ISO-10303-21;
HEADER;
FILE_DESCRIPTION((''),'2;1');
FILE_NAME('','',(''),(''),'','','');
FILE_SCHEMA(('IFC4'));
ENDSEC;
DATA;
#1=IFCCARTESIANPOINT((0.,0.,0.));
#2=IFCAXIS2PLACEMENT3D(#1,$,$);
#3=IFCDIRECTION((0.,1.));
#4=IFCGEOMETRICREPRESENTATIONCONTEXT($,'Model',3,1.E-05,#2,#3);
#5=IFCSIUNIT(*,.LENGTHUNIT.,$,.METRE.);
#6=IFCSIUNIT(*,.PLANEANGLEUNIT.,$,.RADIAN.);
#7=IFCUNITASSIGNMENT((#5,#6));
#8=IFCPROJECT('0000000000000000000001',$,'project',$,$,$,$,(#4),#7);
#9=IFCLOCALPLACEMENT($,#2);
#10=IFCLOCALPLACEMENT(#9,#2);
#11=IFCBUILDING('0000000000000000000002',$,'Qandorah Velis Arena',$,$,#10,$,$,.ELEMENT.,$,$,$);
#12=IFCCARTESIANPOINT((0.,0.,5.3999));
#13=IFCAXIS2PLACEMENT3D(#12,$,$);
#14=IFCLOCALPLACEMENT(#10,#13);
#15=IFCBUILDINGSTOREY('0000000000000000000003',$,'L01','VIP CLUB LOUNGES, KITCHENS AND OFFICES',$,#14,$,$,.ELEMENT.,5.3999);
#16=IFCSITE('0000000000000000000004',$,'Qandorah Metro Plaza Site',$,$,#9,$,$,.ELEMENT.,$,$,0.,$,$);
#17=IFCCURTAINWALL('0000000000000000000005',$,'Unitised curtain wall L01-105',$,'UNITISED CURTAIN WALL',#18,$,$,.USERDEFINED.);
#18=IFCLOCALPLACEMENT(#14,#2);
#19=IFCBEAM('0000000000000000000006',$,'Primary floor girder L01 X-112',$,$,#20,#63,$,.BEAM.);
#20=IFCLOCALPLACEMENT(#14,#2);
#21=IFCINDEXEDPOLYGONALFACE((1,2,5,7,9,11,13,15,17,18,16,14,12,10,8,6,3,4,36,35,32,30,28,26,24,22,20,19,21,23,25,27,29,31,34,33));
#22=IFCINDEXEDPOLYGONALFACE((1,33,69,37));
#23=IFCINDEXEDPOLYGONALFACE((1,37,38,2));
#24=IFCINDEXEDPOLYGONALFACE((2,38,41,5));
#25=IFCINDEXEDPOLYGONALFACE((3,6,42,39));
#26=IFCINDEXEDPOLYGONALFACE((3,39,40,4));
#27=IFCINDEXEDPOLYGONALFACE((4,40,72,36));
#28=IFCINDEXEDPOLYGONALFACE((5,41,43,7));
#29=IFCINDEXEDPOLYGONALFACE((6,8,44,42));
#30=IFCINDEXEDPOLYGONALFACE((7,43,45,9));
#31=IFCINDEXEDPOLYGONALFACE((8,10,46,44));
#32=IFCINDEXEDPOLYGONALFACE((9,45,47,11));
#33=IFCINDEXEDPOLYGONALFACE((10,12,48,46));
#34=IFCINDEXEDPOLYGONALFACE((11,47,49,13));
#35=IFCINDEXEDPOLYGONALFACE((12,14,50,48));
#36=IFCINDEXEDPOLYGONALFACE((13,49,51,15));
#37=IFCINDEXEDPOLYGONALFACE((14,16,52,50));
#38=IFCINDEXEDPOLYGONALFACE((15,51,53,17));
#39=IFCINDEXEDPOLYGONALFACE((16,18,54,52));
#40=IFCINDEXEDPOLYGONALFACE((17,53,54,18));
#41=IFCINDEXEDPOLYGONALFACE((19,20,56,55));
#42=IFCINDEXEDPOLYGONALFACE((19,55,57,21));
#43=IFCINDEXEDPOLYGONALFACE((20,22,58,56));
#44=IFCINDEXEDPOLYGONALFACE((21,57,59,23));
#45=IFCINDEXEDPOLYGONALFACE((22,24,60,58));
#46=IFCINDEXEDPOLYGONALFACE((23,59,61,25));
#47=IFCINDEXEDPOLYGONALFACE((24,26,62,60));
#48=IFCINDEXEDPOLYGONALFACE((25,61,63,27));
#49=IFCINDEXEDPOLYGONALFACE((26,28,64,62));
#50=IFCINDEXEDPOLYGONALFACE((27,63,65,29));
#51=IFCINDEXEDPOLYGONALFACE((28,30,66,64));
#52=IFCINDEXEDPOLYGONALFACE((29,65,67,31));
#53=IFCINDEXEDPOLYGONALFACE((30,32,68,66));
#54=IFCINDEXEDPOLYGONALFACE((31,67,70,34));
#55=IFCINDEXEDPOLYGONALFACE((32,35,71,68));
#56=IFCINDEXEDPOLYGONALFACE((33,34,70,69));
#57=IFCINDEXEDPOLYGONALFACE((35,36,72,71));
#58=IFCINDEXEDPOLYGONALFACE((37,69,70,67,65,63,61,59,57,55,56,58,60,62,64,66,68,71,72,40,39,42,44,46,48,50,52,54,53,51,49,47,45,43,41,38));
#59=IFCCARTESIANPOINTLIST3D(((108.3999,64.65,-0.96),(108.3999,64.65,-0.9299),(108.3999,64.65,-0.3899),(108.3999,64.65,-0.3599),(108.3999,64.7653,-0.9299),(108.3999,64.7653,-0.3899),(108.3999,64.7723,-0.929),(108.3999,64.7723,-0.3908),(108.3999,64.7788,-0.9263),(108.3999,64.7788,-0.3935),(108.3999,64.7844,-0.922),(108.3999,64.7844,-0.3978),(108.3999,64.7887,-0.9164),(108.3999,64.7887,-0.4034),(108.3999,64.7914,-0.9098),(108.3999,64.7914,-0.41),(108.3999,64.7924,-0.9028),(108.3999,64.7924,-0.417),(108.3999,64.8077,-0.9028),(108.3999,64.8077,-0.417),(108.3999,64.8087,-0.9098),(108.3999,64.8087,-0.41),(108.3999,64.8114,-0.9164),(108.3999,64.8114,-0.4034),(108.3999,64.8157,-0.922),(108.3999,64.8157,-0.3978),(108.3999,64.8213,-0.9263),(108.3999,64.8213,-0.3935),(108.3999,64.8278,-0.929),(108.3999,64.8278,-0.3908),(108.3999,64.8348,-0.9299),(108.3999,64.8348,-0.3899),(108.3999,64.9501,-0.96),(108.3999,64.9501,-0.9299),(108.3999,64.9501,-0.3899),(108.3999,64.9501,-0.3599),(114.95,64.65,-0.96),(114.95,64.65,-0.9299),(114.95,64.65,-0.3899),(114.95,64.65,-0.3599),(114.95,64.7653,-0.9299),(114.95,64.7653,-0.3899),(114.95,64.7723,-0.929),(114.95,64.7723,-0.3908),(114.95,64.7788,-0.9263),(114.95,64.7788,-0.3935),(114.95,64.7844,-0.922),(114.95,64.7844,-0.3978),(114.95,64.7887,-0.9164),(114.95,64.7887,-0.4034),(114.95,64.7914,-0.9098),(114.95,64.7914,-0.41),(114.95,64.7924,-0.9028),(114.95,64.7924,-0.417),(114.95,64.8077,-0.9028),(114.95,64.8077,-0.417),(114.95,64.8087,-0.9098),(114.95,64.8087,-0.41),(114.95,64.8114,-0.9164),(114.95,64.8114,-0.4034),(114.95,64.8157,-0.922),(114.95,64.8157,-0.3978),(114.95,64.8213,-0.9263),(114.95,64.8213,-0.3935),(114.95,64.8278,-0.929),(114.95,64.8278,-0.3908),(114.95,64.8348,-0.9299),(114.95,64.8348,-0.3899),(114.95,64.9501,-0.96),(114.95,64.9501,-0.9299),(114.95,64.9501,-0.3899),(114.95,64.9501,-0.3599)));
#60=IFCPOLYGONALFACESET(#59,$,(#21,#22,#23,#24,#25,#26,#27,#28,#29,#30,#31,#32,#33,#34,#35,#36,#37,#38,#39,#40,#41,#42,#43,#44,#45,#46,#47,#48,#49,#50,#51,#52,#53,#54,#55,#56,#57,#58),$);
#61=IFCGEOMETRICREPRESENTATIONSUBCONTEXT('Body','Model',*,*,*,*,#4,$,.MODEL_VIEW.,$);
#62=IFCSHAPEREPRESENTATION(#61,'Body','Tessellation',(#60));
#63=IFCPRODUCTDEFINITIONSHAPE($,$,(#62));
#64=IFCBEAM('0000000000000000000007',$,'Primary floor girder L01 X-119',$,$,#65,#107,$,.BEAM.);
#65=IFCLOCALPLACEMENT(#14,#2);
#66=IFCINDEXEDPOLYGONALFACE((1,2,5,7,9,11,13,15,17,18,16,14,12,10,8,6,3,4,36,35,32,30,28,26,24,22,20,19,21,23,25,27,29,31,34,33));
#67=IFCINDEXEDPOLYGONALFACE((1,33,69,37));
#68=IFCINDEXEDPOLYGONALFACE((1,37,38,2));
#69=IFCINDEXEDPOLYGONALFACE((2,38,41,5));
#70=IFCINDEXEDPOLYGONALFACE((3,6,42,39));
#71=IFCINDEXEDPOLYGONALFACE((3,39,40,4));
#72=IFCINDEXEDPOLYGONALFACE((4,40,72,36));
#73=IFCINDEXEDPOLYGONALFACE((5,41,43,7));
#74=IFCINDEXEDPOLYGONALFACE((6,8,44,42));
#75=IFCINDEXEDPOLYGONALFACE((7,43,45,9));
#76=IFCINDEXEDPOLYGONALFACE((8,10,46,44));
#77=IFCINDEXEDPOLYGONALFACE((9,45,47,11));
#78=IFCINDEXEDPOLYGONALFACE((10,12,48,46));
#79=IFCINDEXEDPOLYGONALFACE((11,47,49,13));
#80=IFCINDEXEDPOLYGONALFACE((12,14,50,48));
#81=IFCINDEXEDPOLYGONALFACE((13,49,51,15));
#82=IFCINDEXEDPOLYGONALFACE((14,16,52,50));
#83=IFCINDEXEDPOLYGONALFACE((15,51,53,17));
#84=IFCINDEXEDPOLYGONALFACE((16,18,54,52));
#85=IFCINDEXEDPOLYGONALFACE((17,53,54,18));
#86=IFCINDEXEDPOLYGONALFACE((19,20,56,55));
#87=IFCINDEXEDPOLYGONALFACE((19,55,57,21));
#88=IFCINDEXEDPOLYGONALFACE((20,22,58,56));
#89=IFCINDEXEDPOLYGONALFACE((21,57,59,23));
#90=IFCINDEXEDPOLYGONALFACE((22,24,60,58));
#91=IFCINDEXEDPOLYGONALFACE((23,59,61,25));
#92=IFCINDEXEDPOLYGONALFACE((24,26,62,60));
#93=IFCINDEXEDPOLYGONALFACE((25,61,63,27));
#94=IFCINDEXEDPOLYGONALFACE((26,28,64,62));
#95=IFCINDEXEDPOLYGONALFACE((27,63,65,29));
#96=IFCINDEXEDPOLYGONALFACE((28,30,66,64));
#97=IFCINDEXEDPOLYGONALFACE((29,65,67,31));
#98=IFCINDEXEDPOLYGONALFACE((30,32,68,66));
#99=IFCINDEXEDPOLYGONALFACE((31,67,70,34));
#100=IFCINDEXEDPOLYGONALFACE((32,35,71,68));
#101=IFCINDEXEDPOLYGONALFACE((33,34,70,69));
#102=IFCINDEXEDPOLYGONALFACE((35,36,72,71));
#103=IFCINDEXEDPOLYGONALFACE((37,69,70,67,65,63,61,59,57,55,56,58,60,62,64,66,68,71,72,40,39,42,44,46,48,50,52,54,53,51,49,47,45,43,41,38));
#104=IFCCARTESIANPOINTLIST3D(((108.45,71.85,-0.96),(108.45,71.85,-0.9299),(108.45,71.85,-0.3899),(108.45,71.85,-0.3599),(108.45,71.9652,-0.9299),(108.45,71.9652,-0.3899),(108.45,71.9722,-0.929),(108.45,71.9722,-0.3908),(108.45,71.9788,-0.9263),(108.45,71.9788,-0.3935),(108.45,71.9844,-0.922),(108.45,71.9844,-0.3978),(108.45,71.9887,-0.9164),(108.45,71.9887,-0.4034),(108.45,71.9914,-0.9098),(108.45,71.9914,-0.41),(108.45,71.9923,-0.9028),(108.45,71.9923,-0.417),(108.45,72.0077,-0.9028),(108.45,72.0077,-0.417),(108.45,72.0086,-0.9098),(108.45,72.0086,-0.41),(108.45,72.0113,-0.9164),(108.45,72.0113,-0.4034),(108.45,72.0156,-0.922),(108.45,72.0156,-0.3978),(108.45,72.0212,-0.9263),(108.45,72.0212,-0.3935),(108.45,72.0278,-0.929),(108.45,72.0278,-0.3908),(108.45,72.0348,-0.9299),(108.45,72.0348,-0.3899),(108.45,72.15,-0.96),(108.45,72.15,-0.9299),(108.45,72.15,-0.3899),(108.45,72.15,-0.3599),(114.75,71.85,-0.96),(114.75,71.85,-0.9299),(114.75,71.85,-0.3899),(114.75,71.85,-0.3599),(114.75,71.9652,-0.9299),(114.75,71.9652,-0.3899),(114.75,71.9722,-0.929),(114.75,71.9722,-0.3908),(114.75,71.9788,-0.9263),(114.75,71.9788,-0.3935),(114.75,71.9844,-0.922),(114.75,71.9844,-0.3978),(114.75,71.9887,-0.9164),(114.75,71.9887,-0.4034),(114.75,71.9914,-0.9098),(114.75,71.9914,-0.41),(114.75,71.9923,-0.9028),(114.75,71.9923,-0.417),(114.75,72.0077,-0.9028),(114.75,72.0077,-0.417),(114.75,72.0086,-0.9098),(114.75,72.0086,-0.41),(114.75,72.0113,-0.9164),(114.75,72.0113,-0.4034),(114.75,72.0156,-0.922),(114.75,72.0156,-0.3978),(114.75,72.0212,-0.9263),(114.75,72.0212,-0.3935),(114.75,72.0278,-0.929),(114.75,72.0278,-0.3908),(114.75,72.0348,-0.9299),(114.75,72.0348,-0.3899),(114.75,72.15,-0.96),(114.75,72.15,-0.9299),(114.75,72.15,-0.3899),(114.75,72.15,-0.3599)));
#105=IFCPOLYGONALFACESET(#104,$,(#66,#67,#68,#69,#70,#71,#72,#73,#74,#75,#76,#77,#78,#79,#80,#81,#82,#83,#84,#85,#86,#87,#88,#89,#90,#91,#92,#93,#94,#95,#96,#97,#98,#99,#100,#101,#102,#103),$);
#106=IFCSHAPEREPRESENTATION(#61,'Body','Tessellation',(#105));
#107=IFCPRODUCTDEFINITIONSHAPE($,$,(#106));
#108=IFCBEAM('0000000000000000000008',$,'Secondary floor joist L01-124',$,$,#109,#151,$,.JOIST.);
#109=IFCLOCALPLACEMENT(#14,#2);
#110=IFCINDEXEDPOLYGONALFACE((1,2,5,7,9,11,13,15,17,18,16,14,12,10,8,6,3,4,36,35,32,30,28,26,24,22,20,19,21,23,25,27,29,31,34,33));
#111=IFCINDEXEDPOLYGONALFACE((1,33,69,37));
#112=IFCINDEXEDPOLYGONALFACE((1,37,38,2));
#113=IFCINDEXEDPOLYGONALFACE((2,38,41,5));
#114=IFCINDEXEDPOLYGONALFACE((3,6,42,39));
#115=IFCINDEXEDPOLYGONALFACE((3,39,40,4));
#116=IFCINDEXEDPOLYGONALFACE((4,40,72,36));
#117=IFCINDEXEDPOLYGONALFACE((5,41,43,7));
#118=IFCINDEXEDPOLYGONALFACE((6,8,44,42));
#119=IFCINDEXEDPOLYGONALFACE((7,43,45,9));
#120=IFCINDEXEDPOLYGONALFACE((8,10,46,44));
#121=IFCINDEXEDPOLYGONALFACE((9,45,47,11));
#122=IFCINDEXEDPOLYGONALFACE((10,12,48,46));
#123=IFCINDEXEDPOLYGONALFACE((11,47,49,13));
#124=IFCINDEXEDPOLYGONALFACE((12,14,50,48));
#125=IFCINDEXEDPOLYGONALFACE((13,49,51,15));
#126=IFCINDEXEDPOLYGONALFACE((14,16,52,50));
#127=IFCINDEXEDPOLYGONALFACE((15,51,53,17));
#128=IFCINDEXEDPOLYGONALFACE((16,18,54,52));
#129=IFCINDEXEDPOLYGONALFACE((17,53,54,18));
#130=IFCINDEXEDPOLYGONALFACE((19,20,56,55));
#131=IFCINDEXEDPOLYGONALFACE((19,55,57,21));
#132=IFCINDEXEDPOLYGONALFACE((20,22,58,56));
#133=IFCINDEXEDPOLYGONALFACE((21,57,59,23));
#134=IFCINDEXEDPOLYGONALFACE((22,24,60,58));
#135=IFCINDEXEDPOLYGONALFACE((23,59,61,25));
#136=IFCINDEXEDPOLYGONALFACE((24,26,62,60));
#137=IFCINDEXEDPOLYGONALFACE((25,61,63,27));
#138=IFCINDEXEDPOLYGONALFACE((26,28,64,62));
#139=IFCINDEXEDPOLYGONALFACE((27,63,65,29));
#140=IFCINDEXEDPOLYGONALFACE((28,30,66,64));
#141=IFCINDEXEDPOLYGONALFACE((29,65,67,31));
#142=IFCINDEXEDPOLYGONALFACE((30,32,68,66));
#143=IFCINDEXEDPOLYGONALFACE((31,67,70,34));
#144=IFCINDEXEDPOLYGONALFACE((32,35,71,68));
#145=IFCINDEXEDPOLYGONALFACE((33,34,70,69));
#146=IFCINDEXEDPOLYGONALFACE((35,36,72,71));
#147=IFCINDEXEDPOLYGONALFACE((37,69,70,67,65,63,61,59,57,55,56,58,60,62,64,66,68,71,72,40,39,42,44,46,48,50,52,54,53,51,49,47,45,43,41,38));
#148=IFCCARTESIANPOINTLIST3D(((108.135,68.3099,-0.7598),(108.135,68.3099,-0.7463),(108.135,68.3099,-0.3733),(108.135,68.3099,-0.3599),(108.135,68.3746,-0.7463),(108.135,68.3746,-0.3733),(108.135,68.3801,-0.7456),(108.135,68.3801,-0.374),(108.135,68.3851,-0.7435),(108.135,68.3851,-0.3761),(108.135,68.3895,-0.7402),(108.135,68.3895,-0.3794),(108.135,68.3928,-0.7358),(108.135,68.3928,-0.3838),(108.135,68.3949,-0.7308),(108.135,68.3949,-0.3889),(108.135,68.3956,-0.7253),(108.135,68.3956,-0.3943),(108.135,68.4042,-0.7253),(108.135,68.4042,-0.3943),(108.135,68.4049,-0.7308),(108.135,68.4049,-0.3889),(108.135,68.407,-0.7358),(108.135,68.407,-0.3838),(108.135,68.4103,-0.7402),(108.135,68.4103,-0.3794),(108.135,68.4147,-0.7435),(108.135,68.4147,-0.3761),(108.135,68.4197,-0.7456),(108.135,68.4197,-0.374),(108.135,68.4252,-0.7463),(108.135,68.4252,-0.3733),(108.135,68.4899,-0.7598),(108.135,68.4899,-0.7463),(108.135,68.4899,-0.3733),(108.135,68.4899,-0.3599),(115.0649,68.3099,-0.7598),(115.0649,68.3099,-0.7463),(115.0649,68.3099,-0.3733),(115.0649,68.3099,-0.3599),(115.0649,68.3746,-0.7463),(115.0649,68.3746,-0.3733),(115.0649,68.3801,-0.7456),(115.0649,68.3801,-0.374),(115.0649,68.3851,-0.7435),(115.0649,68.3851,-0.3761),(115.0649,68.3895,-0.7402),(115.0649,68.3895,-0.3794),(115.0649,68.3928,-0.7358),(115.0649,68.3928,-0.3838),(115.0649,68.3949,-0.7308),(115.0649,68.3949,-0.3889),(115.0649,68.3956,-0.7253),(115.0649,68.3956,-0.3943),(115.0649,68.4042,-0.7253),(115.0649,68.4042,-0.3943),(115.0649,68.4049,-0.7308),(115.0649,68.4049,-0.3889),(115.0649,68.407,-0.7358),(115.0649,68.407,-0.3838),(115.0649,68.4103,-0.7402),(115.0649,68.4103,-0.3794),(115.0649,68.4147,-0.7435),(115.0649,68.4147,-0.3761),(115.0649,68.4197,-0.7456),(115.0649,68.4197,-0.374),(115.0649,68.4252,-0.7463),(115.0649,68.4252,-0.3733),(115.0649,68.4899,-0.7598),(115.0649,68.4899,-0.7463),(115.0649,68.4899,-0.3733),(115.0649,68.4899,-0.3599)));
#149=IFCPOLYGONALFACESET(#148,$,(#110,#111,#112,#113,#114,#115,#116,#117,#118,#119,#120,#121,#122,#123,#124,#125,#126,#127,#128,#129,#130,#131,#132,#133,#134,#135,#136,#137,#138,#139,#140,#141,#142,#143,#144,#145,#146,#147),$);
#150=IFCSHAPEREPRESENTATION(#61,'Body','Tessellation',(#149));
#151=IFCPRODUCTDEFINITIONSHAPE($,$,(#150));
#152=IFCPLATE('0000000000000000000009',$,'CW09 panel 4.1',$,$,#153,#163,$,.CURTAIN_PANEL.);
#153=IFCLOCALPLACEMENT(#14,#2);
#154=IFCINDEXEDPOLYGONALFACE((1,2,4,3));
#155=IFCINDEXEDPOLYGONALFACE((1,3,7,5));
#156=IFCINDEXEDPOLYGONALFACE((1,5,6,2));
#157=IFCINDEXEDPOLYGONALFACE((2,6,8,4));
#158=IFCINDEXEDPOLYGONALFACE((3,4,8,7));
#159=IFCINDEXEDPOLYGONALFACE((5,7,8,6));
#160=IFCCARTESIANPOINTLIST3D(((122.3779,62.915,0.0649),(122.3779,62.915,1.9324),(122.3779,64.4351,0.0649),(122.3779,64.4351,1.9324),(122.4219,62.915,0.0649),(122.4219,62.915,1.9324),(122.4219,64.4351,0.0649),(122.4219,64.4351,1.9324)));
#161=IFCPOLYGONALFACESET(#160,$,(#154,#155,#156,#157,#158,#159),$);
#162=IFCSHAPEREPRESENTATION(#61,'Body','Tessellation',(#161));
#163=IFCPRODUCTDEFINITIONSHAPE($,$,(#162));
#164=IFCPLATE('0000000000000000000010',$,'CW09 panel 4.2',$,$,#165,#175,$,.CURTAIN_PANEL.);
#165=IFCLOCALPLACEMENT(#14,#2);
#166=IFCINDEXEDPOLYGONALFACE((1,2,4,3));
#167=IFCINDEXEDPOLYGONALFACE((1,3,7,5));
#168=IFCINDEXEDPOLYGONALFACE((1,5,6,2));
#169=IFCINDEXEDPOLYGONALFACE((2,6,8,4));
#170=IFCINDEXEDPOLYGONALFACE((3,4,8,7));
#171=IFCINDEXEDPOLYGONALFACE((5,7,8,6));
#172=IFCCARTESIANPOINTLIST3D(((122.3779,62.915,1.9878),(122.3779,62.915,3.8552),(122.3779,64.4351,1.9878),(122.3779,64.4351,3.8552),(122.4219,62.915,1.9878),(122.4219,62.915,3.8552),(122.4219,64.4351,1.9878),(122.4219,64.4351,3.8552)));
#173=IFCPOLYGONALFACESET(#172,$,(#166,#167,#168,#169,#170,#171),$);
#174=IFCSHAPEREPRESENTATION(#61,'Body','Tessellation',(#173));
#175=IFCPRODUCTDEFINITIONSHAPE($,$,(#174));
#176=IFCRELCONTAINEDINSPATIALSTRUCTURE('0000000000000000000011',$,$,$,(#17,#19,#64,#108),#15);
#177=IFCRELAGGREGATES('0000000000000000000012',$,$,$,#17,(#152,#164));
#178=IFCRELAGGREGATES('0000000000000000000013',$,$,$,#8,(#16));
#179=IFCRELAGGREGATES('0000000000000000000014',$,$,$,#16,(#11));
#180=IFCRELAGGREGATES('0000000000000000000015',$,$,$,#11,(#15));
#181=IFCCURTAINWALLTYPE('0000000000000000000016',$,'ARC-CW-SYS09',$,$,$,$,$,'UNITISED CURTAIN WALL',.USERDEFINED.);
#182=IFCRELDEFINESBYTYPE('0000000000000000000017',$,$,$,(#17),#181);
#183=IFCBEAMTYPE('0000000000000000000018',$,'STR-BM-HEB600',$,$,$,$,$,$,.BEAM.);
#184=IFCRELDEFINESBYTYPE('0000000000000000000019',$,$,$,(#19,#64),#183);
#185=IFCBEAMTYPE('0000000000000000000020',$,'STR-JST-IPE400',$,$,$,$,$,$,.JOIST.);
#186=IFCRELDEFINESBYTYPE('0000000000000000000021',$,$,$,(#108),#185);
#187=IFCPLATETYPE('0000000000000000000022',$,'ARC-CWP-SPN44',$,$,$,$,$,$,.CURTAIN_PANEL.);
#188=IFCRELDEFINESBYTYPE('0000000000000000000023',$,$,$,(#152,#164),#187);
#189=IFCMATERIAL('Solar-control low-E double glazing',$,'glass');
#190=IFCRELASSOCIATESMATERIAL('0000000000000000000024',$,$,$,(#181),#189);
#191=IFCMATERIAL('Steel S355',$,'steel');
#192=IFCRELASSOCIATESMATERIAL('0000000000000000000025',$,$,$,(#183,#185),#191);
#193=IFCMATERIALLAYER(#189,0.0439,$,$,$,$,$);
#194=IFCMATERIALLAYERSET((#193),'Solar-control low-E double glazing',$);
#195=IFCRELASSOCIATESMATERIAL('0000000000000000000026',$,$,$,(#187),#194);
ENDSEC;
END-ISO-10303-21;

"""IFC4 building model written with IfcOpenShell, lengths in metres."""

from ifc_helpers import new_model, si_unit, direction, frame, origin, origin_2d, place, context, subcontext, project, spatial, rectangle, i_section, extrude, material, layer, layer_set, material_profile, profile_set, type_object, element, aggregate, save


model = new_model("IFC4")

# Units and contexts
model_context = context("Model", 3, precision=1e-05, world=origin(), true_north=direction((0.0, 1.0)))
body_context = subcontext(model_context, "Body", "Model", "MODEL_VIEW")
ifc_project = project(units=[si_unit("LENGTHUNIT", "METRE"), si_unit("PLANEANGLEUNIT", "RADIAN")], contexts=[model_context])

# Site, building, storey
site_placement = place(None, origin())
site = spatial("IfcSite", under=ifc_project, at=site_placement, Name="Qandorah Metro Plaza Site", CompositionType="ELEMENT", RefElevation=0.0)
building_placement = place(site_placement, origin())
building = spatial("IfcBuilding", under=site, at=building_placement, Name="Qandorah Velis Arena", CompositionType="ELEMENT")
storey_placement = place(building_placement, frame((0.0, 0.0, 5.3999)))
storey = spatial("IfcBuildingStorey", under=building, at=storey_placement, Name="L01", Description="VIP CLUB LOUNGES, KITCHENS AND OFFICES", CompositionType="ELEMENT", Elevation=5.3999)

# Shared definitions
ifc_material_1 = material(Name="Solar-control low-E double glazing", Category="glass")

# Curtain wall
curtain_wall_type_1 = type_object("IfcCurtainWallType", Name="ARC-CW-SYS09", ElementType="UNITISED CURTAIN WALL", PredefinedType="USERDEFINED", material=ifc_material_1)
curtain_wall_1_placement = place(storey_placement, origin())
curtain_wall_1 = element("IfcCurtainWall", 1, at=curtain_wall_1_placement, inside=storey, type_object=curtain_wall_type_1, Name="Unitised curtain wall L01-105", ObjectType="UNITISED CURTAIN WALL", PredefinedType="USERDEFINED")

# Beams
ifc_material_2 = material(Name="Steel S355", Category="steel")
ifc_material_profile_1 = material_profile(ifc_material_2, i_section(OverallWidth=0.3, OverallDepth=0.6001, WebThickness=0.0154, FlangeThickness=0.03, FilletRadius=0.0271, at=origin_2d()), Name="HEB 600")
ifc_profile_set_1 = profile_set([ifc_material_profile_1], Name="Steel S355")
beam_type_1 = type_object("IfcBeamType", Name="STR-BM-HEB600", PredefinedType="BEAM", material=ifc_profile_set_1)
beam_1_placement = place(storey_placement, frame((108.3999, 64.8, -0.6599), z_axis=(1.0, 0.0, 0.0), x_axis=(0.0, 1.0, 0.0)))
element("IfcBeam", 2, at=beam_1_placement, inside=storey, type_object=beam_type_1, Name="Primary floor girder L01 X-112", PredefinedType="BEAM", context=body_context, shape_type="SweptSolid", body=[
    extrude(i_section(OverallWidth=0.3, OverallDepth=0.6001, WebThickness=0.0154, FlangeThickness=0.03, FilletRadius=0.0271, at=origin_2d()), origin(), (0.0, 0.0, 1.0), 6.55),
])
beam_2_placement = place(storey_placement, frame((108.45, 72.0, -0.6599), z_axis=(1.0, 0.0, 0.0), x_axis=(0.0, 1.0, 0.0)))
element("IfcBeam", 3, at=beam_2_placement, inside=storey, type_object=beam_type_1, Name="Primary floor girder L01 X-119", PredefinedType="BEAM", context=body_context, shape_type="SweptSolid", body=[
    extrude(i_section(OverallWidth=0.3, OverallDepth=0.6001, WebThickness=0.0154, FlangeThickness=0.03, FilletRadius=0.0271, at=origin_2d()), origin(), (0.0, 0.0, 1.0), 6.3),
])
ifc_material_profile_2 = material_profile(ifc_material_2, i_section(OverallWidth=0.1799, OverallDepth=0.3999, WebThickness=0.0085, FlangeThickness=0.0134, FilletRadius=0.021, at=origin_2d()), Name="IPE 400")
ifc_profile_set_2 = profile_set([ifc_material_profile_2], Name="Steel S355")
beam_type_2 = type_object("IfcBeamType", Name="STR-JST-IPE400", PredefinedType="JOIST", material=ifc_profile_set_2)
beam_3_placement = place(storey_placement, frame((108.135, 68.3999, -0.5598), z_axis=(1.0, 0.0, 0.0), x_axis=(0.0, 1.0, 0.0)))
element("IfcBeam", 4, at=beam_3_placement, inside=storey, type_object=beam_type_2, Name="Secondary floor joist L01-124", PredefinedType="JOIST", context=body_context, shape_type="SweptSolid", body=[
    extrude(i_section(OverallWidth=0.1799, OverallDepth=0.3999, WebThickness=0.0085, FlangeThickness=0.0134, FilletRadius=0.021, at=origin_2d()), origin(), (0.0, 0.0, 1.0), 6.9299),
])

# Plates
ifc_layer = layer(ifc_material_1, 0.0439)
ifc_layer_set = layer_set([ifc_layer], Name="Solar-control low-E double glazing")
plate_type = type_object("IfcPlateType", Name="ARC-CWP-SPN44", PredefinedType="CURTAIN_PANEL", material=ifc_layer_set)
plate_1_placement = place(storey_placement, frame((122.3999, 63.675, 0.0649), z_axis=(0.0, 0.0, 1.0), x_axis=(0.0, 1.0, 0.0)))
plate_1 = element("IfcPlate", 5, at=plate_1_placement, type_object=plate_type, Name="CW09 panel 4.1", PredefinedType="CURTAIN_PANEL", context=body_context, shape_type="SweptSolid", body=[
    extrude(rectangle(XDim=1.52, YDim=0.0439, at=origin_2d()), origin(), (0.0, 0.0, 1.0), 1.8674),
])
plate_2_placement = place(storey_placement, frame((122.3999, 63.675, 1.9878), z_axis=(0.0, 0.0, 1.0), x_axis=(0.0, 1.0, 0.0)))
plate_2 = element("IfcPlate", 6, at=plate_2_placement, type_object=plate_type, Name="CW09 panel 4.2", PredefinedType="CURTAIN_PANEL", context=body_context, shape_type="SweptSolid", body=[
    extrude(rectangle(XDim=1.52, YDim=0.0439, at=origin_2d()), origin(), (0.0, 0.0, 1.0), 1.8674),
])
aggregate(curtain_wall_1, [plate_1, plate_2])

save(model, "model.ifc")
